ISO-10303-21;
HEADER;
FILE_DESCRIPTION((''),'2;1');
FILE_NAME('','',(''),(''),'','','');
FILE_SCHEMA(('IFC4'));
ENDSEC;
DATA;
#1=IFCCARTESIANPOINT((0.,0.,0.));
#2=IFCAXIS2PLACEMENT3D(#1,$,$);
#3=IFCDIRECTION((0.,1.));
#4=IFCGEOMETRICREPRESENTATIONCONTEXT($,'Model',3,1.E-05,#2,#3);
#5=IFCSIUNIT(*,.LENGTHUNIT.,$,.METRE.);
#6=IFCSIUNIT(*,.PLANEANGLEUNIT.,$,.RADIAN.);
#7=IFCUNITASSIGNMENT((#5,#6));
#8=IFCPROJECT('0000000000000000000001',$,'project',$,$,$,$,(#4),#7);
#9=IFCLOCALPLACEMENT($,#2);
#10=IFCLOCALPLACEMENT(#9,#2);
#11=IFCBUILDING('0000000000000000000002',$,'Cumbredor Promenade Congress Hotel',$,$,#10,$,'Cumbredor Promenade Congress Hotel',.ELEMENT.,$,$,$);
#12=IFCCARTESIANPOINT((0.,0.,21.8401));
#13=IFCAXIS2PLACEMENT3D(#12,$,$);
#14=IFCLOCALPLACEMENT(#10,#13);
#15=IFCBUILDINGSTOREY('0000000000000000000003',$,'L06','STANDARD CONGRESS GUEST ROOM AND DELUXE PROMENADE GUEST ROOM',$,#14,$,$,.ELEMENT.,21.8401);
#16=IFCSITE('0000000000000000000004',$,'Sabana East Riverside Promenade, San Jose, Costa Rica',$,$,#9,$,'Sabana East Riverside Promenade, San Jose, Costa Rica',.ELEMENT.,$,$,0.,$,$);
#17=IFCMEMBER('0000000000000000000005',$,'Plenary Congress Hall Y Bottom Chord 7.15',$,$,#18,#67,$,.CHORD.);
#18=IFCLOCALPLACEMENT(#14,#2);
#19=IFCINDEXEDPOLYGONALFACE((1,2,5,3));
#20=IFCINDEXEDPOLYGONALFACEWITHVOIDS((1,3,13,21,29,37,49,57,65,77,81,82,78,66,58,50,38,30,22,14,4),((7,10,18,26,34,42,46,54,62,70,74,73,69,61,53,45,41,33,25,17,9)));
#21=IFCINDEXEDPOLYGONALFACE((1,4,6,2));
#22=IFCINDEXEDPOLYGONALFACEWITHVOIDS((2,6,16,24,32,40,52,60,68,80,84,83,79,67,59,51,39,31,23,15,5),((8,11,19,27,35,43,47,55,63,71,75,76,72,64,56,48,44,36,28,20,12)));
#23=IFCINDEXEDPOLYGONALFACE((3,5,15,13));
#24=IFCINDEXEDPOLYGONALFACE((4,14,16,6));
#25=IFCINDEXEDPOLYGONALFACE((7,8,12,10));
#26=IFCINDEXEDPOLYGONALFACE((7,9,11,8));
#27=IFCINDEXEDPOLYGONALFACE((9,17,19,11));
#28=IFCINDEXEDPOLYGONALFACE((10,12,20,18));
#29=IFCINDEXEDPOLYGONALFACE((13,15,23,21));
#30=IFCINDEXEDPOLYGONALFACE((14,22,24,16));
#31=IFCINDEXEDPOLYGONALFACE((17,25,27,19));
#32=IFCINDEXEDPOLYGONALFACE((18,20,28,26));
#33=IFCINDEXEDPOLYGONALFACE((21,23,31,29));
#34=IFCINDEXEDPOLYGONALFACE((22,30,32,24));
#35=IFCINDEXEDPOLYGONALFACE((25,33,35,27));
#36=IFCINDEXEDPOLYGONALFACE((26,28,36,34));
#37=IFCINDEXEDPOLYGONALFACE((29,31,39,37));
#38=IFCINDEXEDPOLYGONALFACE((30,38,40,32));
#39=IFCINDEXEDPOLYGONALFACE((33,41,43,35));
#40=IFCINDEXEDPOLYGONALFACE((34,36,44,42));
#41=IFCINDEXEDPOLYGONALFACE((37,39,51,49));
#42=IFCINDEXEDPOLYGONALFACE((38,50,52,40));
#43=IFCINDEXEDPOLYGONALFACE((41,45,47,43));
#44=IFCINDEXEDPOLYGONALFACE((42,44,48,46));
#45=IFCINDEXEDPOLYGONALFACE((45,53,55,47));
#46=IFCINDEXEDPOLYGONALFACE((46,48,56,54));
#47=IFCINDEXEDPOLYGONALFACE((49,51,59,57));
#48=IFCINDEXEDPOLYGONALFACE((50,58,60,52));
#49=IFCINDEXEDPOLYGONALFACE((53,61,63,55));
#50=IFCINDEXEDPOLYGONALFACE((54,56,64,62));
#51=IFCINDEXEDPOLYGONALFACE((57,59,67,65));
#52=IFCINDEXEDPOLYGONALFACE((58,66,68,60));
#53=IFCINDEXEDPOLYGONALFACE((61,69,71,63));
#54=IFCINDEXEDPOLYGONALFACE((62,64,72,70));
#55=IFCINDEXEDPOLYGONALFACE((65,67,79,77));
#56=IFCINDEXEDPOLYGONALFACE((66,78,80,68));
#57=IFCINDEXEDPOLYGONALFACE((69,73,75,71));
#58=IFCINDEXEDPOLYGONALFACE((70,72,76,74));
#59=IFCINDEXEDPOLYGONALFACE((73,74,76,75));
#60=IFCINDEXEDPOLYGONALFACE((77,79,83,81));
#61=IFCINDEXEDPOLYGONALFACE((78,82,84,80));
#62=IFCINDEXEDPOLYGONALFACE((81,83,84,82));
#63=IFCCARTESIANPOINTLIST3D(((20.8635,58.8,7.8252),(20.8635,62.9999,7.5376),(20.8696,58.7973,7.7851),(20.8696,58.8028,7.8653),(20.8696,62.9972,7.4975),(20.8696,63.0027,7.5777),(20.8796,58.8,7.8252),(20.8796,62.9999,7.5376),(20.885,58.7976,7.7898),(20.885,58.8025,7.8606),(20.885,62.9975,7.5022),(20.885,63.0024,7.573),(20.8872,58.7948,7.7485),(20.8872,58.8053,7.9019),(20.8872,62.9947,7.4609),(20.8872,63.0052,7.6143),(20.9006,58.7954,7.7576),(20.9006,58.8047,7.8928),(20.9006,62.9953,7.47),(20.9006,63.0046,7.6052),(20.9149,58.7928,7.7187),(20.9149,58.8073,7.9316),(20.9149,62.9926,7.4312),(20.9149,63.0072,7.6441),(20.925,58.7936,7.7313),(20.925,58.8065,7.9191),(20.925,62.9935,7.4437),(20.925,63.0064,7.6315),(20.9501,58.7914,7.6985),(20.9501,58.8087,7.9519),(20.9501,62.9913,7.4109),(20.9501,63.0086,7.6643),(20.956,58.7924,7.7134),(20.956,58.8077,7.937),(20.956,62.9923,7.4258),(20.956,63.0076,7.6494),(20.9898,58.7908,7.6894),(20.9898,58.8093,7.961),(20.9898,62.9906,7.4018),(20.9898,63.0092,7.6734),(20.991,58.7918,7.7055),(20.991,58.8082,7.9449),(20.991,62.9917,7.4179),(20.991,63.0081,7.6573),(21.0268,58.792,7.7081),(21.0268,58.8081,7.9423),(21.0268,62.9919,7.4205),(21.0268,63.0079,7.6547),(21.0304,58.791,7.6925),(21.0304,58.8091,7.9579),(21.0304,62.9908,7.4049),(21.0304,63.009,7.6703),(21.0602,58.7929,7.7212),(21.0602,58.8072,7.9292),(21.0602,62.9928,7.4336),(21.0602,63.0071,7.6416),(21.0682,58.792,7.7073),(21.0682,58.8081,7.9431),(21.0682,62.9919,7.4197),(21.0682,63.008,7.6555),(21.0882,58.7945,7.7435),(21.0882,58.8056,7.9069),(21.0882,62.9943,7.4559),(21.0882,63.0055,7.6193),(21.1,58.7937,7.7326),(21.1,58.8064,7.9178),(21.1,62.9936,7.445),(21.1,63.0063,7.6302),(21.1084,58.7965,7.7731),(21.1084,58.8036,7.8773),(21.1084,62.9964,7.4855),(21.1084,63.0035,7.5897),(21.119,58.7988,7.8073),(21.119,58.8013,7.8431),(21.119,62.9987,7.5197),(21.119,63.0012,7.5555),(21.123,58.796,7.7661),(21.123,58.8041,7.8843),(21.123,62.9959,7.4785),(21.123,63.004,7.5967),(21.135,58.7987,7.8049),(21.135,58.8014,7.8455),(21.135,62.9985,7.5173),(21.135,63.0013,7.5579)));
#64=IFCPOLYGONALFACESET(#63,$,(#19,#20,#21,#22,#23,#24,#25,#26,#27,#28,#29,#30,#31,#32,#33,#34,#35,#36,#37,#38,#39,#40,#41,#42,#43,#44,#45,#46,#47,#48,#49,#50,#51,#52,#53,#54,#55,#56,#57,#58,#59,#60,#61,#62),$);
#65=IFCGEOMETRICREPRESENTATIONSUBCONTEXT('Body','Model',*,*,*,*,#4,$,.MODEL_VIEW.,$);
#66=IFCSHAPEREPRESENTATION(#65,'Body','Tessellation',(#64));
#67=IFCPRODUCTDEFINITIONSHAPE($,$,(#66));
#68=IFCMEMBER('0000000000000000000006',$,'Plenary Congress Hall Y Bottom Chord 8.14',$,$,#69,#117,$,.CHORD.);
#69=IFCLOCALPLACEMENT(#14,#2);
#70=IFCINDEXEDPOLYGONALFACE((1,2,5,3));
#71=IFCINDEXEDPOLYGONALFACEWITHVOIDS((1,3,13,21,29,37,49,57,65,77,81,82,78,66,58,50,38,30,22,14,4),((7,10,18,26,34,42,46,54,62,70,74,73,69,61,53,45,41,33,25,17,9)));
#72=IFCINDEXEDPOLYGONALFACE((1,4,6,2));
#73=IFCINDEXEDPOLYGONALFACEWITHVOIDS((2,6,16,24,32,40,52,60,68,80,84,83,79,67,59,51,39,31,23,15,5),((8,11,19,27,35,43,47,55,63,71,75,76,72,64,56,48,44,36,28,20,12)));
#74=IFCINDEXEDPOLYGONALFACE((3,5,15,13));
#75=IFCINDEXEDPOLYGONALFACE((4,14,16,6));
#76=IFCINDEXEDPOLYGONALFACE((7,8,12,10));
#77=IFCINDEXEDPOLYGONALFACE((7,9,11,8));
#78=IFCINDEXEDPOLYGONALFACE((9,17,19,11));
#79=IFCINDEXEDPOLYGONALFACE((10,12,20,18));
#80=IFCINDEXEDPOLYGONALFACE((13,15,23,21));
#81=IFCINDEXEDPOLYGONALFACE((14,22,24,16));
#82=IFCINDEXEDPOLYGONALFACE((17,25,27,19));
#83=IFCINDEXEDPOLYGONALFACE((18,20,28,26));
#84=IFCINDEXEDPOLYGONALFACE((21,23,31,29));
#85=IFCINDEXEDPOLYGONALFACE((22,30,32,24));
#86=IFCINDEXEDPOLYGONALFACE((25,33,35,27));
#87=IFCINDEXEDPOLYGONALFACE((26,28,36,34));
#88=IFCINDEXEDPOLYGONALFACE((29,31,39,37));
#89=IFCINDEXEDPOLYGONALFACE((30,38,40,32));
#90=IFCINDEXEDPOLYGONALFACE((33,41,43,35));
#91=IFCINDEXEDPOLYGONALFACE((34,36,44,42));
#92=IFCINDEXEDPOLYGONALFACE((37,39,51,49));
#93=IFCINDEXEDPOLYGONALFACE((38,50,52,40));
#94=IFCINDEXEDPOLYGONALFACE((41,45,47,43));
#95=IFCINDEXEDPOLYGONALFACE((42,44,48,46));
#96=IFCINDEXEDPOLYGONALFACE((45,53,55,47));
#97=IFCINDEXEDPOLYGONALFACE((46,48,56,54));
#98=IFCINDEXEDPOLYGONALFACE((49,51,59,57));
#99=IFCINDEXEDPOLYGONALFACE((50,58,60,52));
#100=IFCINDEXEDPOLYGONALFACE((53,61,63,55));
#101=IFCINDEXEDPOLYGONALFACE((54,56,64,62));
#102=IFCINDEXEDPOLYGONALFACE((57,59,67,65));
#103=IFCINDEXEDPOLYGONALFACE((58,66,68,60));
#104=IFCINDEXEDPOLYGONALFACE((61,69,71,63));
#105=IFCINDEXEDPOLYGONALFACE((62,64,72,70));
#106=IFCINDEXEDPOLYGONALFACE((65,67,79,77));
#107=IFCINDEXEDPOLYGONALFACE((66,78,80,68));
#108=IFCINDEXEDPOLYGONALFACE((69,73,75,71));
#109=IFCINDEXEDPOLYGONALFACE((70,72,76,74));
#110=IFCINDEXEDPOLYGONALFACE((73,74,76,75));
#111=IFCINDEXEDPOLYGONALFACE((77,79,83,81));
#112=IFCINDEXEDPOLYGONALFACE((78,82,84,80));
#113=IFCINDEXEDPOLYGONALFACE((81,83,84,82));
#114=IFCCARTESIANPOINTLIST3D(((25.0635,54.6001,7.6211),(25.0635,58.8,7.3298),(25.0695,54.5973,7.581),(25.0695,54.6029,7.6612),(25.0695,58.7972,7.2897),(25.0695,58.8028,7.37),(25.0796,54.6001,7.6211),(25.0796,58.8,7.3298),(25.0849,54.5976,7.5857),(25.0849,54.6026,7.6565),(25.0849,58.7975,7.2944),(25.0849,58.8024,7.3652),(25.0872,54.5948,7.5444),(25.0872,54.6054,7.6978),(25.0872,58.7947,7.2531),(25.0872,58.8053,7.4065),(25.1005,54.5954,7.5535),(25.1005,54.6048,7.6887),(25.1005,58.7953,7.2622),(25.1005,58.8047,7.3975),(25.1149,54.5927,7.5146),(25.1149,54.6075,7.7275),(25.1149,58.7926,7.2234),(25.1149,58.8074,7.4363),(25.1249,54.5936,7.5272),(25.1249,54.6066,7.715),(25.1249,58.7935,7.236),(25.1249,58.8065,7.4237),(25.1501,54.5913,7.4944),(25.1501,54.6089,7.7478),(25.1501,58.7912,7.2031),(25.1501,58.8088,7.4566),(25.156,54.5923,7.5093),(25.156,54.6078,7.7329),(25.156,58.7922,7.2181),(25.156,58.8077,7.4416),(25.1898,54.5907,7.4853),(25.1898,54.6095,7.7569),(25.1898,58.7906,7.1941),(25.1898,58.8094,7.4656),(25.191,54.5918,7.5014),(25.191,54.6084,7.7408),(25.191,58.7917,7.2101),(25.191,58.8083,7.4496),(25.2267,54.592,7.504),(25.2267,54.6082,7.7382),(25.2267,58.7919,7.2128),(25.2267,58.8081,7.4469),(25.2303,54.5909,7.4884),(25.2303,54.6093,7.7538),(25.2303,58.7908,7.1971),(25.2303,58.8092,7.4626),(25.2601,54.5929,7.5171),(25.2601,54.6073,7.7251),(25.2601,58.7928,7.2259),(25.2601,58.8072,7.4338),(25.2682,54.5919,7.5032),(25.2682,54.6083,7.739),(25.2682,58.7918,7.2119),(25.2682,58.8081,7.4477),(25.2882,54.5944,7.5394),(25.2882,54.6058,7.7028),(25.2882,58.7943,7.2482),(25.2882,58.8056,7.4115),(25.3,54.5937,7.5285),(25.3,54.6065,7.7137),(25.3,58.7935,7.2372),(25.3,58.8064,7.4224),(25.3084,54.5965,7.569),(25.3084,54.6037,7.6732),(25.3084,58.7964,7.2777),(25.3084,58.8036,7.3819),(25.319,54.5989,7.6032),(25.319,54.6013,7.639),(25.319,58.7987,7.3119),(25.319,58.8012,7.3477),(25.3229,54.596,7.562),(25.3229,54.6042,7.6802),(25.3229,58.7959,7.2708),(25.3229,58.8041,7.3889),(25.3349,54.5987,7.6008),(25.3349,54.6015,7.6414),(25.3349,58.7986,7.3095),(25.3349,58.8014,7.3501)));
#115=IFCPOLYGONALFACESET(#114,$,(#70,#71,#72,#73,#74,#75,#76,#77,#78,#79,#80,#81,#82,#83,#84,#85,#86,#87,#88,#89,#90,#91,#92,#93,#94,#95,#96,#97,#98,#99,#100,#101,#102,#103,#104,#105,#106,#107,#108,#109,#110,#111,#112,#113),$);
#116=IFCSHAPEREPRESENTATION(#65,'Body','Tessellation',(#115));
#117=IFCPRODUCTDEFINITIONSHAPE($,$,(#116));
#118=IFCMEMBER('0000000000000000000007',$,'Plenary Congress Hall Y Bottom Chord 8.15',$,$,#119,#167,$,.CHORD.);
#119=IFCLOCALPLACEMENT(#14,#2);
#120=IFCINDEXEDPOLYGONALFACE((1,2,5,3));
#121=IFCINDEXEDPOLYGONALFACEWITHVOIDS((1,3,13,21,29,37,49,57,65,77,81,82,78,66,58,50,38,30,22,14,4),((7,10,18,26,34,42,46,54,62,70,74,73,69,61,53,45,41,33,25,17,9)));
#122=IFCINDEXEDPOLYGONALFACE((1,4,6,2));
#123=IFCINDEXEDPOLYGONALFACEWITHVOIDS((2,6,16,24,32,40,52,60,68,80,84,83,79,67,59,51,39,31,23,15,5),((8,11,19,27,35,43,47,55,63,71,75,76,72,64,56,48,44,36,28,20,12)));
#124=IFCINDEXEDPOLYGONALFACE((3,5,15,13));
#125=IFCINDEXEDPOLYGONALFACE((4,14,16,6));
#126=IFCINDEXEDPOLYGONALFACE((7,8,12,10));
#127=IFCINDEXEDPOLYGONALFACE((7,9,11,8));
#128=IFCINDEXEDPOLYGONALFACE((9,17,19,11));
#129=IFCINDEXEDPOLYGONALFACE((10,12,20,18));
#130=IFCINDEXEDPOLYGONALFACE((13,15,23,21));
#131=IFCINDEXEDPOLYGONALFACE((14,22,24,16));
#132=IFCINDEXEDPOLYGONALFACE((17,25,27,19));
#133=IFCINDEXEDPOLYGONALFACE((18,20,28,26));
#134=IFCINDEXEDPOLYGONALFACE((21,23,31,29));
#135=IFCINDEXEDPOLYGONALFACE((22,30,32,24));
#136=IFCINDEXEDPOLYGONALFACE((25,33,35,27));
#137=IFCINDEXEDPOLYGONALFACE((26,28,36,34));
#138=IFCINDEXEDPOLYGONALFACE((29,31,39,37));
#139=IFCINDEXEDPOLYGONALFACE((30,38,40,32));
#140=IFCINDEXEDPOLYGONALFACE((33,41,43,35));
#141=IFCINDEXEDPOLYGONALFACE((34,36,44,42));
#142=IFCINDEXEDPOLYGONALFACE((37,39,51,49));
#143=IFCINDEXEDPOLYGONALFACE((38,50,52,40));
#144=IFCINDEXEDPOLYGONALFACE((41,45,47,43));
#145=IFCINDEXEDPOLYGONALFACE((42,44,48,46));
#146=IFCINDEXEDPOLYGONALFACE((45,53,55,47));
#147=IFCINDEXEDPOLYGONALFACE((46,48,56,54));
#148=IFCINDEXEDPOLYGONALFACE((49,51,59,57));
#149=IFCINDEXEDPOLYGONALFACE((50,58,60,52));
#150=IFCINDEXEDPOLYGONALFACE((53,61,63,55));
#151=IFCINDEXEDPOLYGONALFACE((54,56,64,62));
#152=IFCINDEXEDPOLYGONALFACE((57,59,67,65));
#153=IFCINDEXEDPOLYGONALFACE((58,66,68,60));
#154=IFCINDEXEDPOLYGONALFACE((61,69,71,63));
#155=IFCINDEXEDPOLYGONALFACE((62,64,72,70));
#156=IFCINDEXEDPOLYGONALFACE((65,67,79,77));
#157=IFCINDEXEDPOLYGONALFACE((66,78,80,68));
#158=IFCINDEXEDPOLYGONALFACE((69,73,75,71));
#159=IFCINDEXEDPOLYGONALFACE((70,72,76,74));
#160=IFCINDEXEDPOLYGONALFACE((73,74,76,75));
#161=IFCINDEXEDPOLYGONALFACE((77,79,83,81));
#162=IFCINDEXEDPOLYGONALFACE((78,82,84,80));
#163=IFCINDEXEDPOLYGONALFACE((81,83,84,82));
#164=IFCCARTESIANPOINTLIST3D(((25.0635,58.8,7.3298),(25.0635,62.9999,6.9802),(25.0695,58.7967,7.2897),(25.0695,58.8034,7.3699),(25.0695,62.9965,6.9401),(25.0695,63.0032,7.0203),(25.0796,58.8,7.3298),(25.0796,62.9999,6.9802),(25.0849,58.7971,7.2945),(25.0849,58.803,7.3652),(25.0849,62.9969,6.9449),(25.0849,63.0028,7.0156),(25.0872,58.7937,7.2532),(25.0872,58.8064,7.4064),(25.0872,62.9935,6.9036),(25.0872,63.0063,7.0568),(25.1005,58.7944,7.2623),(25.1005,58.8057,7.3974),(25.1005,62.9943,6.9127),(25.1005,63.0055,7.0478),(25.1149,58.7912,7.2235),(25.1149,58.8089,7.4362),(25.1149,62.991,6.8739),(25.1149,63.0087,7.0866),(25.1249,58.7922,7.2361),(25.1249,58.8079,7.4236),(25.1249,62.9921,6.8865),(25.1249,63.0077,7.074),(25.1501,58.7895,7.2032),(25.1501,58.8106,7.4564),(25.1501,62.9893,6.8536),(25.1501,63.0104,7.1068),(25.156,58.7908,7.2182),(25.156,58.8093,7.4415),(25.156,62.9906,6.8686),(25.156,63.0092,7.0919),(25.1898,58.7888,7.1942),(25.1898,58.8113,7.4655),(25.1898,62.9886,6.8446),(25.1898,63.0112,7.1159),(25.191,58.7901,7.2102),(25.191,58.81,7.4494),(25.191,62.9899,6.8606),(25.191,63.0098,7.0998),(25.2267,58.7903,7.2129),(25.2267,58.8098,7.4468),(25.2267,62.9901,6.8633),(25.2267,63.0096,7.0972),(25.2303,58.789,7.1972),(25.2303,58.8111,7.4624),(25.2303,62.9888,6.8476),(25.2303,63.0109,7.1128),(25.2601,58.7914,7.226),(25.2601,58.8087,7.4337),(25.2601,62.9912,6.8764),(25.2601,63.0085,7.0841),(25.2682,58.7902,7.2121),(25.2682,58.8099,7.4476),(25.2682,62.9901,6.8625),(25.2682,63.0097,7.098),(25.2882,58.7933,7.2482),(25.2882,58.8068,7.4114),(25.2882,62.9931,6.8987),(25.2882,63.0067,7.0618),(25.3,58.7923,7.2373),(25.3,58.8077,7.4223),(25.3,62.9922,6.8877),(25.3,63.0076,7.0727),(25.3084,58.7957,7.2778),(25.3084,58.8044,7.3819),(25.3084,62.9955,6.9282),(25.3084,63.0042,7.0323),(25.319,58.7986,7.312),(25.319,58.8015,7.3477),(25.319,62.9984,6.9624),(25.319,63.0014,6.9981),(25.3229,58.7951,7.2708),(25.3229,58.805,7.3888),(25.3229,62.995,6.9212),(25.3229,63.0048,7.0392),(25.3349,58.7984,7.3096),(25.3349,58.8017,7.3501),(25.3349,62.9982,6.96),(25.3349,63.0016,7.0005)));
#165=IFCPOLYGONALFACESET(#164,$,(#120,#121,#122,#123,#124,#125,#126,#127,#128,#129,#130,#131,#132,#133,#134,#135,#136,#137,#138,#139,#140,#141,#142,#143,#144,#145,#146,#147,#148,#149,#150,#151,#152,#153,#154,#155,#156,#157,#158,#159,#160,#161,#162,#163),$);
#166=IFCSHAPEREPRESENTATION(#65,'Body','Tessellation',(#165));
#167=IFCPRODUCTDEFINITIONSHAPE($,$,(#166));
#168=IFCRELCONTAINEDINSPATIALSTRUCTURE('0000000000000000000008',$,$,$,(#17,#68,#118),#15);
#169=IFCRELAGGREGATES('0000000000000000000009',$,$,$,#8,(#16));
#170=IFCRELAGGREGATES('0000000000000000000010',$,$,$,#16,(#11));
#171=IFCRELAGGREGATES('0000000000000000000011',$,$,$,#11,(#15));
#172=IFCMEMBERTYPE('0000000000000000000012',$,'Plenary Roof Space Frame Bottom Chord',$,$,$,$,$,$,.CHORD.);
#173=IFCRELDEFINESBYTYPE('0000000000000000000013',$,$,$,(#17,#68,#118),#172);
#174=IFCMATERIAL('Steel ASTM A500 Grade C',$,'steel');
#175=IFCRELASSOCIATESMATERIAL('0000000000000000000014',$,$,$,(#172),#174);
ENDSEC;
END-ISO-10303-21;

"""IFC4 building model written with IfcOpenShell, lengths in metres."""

from ifc_helpers import new_model, si_unit, direction, frame, origin, origin_2d, place, context, subcontext, project, spatial, hollow_circle, extrude, material, material_profile, profile_set, type_object, element, save


model = new_model("IFC4")

# Units and contexts
model_context = context("Model", 3, precision=1e-05, world=origin(), true_north=direction((0.0, 1.0)))
body_context = subcontext(model_context, "Body", "Model", "MODEL_VIEW")
ifc_project = project(units=[si_unit("LENGTHUNIT", "METRE"), si_unit("PLANEANGLEUNIT", "RADIAN")], contexts=[model_context])

# Site, building, storey
site_placement = place(None, origin())
site = spatial("IfcSite", under=ifc_project, at=site_placement, Name="Sabana East Riverside Promenade, San Jose, Costa Rica", LongName="Sabana East Riverside Promenade, San Jose, Costa Rica", CompositionType="ELEMENT", RefElevation=0.0)
building_placement = place(site_placement, origin())
building = spatial("IfcBuilding", under=site, at=building_placement, Name="Cumbredor Promenade Congress Hotel", LongName="Cumbredor Promenade Congress Hotel", CompositionType="ELEMENT")
storey_placement = place(building_placement, frame((0.0, 0.0, 21.8401)))
storey = spatial("IfcBuildingStorey", under=building, at=storey_placement, Name="L06", Description="STANDARD CONGRESS GUEST ROOM AND DELUXE PROMENADE GUEST ROOM", CompositionType="ELEMENT", Elevation=21.8401)

# Members
ifc_material_1 = material(Name="Steel ASTM A500 Grade C", Category="steel")
ifc_material_profile_1 = material_profile(ifc_material_1, hollow_circle(Radius=0.1365, WallThickness=0.0161, at=origin_2d()), Name="CHS 273.0x16")
ifc_profile_set_1 = profile_set([ifc_material_profile_1], Name="Steel ASTM A500 Grade C")
member_type_1 = type_object("IfcMemberType", Name="Plenary Roof Space Frame Bottom Chord", PredefinedType="CHORD", material=ifc_profile_set_1)
member_1_placement = place(storey_placement, frame((21.0, 58.8, 7.8252), z_axis=(0.0, 0.997664, -0.068316), x_axis=(-1.0, 0.0, 0.0)))
element("IfcMember", 1, at=member_1_placement, inside=storey, type_object=member_type_1, Name="Plenary Congress Hall Y Bottom Chord 7.15", PredefinedType="CHORD", context=body_context, shape_type="SweptSolid", body=[
    extrude(hollow_circle(Radius=0.1365, WallThickness=0.0161, at=origin_2d()), origin(), (0.0, 0.0, 1.0), 4.2097),
])
member_2_placement = place(storey_placement, frame((25.2, 54.6001, 7.6211), z_axis=(0.0, 0.997604, -0.069182), x_axis=(-1.0, 0.0, 0.0)))
element("IfcMember", 2, at=member_2_placement, inside=storey, type_object=member_type_1, Name="Plenary Congress Hall Y Bottom Chord 8.14", PredefinedType="CHORD", context=body_context, shape_type="SweptSolid", body=[
    extrude(hollow_circle(Radius=0.1365, WallThickness=0.0161, at=origin_2d()), origin(), (0.0, 0.0, 1.0), 4.21),
])
member_3_placement = place(storey_placement, frame((25.2, 58.8, 7.3298), z_axis=(0.0, 0.996553, -0.082954), x_axis=(-1.0, 0.0, 0.0)))
element("IfcMember", 3, at=member_3_placement, inside=storey, type_object=member_type_1, Name="Plenary Congress Hall Y Bottom Chord 8.15", PredefinedType="CHORD", context=body_context, shape_type="SweptSolid", body=[
    extrude(hollow_circle(Radius=0.1365, WallThickness=0.0161, at=origin_2d()), origin(), (0.0, 0.0, 1.0), 4.2144),
])

save(model, "model.ifc")
